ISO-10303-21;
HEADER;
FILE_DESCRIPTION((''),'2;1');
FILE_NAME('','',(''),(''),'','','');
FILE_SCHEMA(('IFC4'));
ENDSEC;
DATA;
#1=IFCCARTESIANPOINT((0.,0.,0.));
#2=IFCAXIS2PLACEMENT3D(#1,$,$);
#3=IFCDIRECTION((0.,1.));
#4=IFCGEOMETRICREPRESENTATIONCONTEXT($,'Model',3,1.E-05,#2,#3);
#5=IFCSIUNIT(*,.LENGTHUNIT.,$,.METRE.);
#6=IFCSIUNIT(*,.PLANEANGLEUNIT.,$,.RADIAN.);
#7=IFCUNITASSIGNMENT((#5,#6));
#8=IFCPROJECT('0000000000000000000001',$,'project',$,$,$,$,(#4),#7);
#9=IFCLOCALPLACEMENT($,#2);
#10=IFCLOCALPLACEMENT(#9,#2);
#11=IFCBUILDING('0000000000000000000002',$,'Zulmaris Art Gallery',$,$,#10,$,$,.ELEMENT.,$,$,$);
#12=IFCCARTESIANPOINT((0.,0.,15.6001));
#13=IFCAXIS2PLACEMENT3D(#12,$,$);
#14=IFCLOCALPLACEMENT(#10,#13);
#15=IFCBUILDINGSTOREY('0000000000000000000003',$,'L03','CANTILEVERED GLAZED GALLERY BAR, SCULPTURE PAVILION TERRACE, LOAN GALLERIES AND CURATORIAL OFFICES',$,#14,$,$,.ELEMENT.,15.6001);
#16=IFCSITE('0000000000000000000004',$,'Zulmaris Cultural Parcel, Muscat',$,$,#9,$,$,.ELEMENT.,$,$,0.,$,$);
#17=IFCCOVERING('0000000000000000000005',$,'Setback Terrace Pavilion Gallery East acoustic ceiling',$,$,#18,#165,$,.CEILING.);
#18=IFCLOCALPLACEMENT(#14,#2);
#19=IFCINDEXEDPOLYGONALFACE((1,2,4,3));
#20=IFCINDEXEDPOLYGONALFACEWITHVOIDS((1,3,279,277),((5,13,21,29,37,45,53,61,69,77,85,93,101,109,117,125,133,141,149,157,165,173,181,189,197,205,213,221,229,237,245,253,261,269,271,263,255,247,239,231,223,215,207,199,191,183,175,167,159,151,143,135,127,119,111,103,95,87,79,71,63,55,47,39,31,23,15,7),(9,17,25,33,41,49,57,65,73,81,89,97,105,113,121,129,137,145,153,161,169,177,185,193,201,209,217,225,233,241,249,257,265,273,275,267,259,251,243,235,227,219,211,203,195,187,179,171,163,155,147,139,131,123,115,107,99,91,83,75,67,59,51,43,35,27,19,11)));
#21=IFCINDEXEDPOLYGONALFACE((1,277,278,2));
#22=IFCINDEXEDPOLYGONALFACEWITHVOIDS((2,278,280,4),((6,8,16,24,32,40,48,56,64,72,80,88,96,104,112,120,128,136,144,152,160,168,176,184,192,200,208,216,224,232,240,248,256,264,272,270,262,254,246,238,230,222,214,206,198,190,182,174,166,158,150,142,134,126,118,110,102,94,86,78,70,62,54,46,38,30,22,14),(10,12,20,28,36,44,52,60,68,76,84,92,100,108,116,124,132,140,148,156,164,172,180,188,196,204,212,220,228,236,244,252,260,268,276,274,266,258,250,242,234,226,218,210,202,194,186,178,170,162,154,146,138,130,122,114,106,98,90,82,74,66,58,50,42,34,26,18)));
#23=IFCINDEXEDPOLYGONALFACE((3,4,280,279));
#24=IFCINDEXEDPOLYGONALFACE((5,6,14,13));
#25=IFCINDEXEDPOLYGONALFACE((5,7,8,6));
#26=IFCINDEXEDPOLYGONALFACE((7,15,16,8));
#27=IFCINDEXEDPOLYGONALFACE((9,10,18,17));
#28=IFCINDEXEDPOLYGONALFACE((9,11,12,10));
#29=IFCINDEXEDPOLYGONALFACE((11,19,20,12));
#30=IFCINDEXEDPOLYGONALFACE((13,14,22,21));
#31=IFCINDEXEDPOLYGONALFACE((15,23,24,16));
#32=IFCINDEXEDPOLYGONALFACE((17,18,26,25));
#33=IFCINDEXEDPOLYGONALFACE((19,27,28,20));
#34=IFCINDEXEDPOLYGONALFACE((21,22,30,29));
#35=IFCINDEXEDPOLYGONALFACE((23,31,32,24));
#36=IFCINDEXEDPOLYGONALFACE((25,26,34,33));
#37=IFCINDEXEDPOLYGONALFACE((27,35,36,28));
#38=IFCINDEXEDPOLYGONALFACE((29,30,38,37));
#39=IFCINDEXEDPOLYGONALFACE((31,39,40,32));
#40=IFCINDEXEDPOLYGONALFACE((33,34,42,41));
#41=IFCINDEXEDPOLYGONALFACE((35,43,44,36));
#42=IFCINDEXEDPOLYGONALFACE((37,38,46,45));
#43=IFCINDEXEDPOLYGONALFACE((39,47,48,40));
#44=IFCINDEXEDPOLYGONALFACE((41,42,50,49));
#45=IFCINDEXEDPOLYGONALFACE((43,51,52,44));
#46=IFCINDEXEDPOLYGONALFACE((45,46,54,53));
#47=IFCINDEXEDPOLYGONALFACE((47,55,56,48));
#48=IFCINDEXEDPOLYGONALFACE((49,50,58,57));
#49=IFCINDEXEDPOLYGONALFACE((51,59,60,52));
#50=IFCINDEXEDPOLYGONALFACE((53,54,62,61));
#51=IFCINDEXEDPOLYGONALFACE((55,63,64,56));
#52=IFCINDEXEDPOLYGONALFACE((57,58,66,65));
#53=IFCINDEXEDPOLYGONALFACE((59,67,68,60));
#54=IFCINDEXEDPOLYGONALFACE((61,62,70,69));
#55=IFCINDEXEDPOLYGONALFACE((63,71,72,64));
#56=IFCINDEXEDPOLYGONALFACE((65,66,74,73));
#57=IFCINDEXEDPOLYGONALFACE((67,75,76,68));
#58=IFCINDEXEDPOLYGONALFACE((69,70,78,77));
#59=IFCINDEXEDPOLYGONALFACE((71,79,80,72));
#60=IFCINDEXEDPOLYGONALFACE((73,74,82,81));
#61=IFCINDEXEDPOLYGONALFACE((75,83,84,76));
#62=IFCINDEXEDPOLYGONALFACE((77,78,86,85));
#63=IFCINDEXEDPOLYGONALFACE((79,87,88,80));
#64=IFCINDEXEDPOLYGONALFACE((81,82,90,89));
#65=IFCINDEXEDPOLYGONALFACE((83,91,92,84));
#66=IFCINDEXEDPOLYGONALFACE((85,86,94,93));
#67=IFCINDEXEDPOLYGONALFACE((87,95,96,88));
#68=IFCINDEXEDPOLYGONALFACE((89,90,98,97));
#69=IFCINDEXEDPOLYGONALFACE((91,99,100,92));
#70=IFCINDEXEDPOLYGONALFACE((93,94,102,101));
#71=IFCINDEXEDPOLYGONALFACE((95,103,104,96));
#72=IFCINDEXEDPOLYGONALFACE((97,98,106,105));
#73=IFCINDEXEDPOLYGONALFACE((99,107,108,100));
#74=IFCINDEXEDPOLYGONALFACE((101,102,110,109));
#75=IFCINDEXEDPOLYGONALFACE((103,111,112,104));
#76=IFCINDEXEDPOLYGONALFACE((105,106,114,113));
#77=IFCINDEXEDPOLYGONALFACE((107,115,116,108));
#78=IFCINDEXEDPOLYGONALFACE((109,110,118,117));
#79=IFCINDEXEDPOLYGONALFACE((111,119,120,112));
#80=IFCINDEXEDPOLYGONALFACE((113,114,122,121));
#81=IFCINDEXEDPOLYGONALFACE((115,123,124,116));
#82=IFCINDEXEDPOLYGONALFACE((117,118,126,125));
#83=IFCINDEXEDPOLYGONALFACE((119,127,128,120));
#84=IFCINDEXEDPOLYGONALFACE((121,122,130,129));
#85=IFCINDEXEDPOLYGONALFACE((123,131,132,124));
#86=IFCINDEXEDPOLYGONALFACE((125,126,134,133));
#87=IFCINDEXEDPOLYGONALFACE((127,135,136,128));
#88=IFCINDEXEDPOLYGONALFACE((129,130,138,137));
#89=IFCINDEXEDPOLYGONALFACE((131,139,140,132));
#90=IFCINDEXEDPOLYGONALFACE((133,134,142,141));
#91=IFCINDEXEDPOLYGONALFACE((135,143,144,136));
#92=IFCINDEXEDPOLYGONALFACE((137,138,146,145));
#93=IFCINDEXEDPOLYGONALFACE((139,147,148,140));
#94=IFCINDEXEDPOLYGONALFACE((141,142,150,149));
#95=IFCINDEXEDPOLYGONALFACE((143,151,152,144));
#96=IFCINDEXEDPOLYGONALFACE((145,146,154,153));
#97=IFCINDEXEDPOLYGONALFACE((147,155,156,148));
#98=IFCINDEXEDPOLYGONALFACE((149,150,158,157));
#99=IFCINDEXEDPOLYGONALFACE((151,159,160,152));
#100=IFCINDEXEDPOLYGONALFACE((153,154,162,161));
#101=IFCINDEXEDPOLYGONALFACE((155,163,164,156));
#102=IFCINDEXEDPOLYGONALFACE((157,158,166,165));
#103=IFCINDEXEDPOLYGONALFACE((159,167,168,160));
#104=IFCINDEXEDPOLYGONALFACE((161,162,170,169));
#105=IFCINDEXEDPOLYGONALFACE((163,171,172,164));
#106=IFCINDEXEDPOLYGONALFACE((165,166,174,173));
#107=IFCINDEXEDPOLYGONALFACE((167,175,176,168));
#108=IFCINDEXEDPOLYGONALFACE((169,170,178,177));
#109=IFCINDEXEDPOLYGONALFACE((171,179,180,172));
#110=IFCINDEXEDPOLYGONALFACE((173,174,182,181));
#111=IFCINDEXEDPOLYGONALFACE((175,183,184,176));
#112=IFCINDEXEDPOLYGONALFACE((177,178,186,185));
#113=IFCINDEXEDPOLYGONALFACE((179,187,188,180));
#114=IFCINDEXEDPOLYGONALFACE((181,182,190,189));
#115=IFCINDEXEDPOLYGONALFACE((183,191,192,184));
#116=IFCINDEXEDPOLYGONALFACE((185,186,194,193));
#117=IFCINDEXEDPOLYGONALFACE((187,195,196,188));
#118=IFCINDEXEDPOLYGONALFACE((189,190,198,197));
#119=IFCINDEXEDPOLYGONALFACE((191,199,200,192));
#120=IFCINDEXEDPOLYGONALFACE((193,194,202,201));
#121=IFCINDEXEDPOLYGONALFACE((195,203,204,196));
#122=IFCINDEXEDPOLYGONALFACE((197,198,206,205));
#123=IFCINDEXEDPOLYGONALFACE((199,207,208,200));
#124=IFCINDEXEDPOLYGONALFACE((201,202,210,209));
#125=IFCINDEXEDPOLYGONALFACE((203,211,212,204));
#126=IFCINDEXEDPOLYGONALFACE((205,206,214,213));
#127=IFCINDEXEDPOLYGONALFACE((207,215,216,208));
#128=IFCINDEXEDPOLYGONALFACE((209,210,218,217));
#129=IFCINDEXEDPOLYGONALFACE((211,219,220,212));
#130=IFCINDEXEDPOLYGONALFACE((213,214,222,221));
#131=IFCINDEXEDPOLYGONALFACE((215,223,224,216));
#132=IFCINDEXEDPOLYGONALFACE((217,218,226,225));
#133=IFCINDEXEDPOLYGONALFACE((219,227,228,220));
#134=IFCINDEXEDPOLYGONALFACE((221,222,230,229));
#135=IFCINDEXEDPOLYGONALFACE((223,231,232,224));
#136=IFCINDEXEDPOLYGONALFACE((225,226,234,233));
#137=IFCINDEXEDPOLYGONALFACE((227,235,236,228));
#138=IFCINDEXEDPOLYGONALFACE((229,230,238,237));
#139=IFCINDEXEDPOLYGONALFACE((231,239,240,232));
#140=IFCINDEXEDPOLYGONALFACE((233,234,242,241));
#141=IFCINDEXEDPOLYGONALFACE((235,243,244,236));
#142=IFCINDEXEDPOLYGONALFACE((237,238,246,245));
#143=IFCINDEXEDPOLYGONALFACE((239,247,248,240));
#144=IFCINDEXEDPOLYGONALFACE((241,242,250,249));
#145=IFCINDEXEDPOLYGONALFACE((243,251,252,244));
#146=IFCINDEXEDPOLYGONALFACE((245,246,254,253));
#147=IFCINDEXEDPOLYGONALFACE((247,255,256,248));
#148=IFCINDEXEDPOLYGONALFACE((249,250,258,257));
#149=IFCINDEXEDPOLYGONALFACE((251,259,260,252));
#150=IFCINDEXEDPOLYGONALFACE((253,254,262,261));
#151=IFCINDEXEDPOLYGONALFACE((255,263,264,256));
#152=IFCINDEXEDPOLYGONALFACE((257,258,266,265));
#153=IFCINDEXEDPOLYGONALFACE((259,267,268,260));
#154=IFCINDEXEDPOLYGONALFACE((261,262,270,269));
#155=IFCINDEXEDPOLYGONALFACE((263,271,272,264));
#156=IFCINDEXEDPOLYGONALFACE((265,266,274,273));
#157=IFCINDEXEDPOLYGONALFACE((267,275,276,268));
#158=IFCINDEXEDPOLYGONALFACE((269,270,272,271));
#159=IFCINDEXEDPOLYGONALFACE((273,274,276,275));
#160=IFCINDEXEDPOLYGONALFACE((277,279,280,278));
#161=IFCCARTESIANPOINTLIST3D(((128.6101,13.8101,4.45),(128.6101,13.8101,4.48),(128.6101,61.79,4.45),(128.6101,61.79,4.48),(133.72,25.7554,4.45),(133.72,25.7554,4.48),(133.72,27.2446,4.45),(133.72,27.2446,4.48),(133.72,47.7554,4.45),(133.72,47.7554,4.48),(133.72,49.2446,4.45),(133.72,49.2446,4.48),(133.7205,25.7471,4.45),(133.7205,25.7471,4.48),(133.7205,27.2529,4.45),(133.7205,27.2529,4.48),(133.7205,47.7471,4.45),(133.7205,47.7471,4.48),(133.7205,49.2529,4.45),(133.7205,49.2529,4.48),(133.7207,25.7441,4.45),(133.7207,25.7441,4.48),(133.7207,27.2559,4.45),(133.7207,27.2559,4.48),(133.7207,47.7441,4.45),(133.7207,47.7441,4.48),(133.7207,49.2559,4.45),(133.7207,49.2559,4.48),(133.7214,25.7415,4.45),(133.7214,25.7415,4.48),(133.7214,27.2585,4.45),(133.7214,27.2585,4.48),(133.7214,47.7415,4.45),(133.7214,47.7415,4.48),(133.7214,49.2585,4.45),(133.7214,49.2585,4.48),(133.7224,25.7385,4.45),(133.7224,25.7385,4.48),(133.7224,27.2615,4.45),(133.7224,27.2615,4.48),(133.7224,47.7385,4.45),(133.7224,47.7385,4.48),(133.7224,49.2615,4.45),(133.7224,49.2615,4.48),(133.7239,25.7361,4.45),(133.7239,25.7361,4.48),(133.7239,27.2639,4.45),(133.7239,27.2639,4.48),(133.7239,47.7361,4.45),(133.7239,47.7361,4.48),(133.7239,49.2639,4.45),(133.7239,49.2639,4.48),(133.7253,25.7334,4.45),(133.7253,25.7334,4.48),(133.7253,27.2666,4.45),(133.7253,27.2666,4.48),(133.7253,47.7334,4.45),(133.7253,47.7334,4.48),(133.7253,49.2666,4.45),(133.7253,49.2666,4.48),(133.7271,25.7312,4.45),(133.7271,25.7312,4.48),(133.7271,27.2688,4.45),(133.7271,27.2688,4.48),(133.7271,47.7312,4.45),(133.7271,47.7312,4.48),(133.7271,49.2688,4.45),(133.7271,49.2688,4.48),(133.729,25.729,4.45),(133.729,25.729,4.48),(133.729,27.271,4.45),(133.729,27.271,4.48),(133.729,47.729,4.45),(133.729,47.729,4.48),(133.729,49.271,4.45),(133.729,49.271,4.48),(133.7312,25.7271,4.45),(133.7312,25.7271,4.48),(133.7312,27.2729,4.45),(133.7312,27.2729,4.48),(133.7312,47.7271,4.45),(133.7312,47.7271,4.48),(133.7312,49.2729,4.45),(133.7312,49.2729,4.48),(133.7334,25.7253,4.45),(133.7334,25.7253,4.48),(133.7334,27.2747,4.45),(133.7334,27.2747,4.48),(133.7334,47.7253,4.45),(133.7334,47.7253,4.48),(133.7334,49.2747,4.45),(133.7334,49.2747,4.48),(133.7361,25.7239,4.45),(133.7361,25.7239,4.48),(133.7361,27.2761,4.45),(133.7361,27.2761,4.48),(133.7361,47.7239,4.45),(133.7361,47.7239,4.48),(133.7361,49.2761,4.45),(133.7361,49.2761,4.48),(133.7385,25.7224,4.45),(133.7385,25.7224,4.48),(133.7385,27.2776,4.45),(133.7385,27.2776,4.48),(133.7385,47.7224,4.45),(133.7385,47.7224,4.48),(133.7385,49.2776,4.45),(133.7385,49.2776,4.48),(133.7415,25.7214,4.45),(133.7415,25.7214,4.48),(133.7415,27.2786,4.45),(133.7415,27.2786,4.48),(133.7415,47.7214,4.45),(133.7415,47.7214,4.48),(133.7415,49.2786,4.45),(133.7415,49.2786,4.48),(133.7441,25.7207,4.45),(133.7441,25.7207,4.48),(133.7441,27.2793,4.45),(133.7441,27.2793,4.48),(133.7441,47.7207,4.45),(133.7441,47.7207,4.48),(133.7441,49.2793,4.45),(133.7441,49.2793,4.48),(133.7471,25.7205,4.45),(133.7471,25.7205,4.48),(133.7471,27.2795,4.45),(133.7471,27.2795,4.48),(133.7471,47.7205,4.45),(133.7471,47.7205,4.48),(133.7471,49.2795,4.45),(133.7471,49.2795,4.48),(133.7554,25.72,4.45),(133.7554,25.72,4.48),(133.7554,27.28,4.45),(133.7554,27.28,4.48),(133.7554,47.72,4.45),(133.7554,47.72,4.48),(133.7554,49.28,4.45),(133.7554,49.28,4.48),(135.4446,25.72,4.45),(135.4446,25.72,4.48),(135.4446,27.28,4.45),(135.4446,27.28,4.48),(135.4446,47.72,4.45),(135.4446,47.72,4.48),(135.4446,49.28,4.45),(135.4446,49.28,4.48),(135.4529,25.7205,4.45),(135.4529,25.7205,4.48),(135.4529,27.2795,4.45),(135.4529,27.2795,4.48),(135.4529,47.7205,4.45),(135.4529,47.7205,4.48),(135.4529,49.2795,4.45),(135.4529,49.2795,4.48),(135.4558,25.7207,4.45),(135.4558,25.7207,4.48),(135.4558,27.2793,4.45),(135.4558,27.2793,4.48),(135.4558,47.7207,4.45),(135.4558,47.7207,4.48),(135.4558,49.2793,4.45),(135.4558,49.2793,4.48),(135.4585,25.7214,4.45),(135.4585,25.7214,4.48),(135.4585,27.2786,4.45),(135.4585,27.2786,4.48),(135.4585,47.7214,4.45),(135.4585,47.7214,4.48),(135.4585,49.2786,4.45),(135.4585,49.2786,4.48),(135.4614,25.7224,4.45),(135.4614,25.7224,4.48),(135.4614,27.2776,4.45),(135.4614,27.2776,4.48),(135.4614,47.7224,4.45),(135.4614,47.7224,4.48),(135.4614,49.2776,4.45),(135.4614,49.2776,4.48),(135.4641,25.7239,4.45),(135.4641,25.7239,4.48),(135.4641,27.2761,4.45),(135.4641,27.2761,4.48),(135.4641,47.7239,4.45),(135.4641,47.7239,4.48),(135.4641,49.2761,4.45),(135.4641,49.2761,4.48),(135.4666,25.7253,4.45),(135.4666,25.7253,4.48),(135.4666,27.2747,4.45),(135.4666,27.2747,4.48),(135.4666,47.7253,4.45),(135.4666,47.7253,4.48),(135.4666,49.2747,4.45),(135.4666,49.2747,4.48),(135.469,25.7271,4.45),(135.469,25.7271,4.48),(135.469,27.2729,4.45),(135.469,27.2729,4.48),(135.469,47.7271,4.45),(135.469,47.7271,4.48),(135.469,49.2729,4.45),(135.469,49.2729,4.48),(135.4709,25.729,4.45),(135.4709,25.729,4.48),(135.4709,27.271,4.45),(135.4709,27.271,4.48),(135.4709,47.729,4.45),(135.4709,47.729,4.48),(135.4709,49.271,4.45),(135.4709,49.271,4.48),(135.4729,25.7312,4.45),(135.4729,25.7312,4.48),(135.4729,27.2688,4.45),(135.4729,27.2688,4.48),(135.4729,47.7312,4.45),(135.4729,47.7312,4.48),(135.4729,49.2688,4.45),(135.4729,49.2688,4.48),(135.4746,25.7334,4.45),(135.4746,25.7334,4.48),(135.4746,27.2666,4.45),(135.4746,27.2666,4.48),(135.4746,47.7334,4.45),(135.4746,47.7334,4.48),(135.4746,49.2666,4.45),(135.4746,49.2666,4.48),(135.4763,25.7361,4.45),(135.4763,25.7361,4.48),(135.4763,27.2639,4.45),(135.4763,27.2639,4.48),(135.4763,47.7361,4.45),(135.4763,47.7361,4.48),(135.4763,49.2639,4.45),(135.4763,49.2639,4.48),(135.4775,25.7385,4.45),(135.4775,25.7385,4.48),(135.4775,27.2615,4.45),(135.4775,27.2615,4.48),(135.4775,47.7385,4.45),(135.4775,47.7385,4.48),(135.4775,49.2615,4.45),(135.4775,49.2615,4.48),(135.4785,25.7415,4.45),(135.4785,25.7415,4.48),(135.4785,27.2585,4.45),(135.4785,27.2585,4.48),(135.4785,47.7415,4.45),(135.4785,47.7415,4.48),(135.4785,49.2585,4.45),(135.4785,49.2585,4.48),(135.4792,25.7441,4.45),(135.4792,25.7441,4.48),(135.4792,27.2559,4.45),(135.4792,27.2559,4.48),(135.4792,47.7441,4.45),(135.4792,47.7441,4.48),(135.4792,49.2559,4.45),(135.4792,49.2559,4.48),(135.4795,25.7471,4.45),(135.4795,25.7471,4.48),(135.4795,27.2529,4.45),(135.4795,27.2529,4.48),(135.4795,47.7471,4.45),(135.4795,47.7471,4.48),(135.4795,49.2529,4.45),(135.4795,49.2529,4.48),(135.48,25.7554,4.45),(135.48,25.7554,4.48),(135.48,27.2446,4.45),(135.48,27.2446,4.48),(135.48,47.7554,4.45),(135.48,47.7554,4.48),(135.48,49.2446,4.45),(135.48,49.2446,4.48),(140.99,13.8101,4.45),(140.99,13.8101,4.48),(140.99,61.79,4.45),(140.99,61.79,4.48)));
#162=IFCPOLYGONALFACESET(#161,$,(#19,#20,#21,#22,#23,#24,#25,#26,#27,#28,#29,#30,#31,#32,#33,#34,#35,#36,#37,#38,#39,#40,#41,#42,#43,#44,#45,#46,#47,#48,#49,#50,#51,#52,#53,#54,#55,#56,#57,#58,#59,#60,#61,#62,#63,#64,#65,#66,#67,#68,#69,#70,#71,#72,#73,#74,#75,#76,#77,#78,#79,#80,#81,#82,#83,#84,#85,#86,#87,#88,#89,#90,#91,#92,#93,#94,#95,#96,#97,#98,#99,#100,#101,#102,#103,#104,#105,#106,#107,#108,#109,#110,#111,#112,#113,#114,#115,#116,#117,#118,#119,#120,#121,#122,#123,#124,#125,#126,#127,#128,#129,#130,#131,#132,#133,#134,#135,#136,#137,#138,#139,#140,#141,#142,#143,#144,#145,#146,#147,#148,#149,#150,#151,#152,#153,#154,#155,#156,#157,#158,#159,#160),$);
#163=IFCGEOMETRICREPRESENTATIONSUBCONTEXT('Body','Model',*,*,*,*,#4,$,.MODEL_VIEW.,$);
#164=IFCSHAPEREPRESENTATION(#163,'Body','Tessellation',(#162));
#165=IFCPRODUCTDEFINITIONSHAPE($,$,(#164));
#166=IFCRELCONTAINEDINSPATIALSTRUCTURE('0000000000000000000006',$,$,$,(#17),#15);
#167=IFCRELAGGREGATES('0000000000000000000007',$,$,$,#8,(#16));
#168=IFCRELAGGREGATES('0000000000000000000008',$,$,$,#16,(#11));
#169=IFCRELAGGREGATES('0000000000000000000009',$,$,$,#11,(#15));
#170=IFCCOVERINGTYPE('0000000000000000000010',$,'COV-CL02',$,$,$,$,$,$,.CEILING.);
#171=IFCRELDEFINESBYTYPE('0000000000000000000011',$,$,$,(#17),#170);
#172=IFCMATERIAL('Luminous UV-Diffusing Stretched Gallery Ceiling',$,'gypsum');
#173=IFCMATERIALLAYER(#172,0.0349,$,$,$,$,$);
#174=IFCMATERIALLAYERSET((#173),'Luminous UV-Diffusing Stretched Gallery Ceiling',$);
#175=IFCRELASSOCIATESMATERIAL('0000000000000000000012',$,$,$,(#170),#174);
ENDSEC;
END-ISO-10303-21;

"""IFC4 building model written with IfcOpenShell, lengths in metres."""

from ifc_helpers import new_model, si_unit, direction, frame, origin, place, context, subcontext, project, spatial, polyline, outline, extrude, material, layer, layer_set, type_object, element, save


model = new_model("IFC4")

# Units and contexts
model_context = context("Model", 3, precision=1e-05, world=origin(), true_north=direction((0.0, 1.0)))
body_context = subcontext(model_context, "Body", "Model", "MODEL_VIEW")
ifc_project = project(units=[si_unit("LENGTHUNIT", "METRE"), si_unit("PLANEANGLEUNIT", "RADIAN")], contexts=[model_context])

# Site, building, storey
site_placement = place(None, origin())
site = spatial("IfcSite", under=ifc_project, at=site_placement, Name="Zulmaris Cultural Parcel, Muscat", CompositionType="ELEMENT", RefElevation=0.0)
building_placement = place(site_placement, origin())
building = spatial("IfcBuilding", under=site, at=building_placement, Name="Zulmaris Art Gallery", CompositionType="ELEMENT")
storey_placement = place(building_placement, frame((0.0, 0.0, 15.6001)))
storey = spatial("IfcBuildingStorey", under=building, at=storey_placement, Name="L03", Description="CANTILEVERED GLAZED GALLERY BAR, SCULPTURE PAVILION TERRACE, LOAN GALLERIES AND CURATORIAL OFFICES", CompositionType="ELEMENT", Elevation=15.6001)

# Covering
ifc_material_1 = material(Name="Luminous UV-Diffusing Stretched Gallery Ceiling", Category="gypsum")
ifc_layer_1 = layer(ifc_material_1, 0.0349)
ifc_layer_set_1 = layer_set([ifc_layer_1], Name="Luminous UV-Diffusing Stretched Gallery Ceiling")
covering_type_1 = type_object("IfcCoveringType", Name="COV-CL02", PredefinedType="CEILING", material=ifc_layer_set_1)
covering_1_placement = place(storey_placement, frame((0.0, 0.0, 4.45)))
element("IfcCovering", 1, at=covering_1_placement, inside=storey, type_object=covering_type_1, Name="Setback Terrace Pavilion Gallery East acoustic ceiling", PredefinedType="CEILING", context=body_context, shape_type="SweptSolid", body=[
    extrude(outline(polyline([(128.6101, 61.79), (140.99, 61.79), (140.99, 13.8101), (128.6101, 13.8101), (128.6101, 61.79)]), holes=[polyline([(133.7415, 49.2786), (133.7385, 49.2776), (133.7361, 49.2761), (133.7334, 49.2747), (133.7312, 49.2729), (133.729, 49.271), (133.7271, 49.2688), (133.7253, 49.2666), (133.7239, 49.2639), (133.7224, 49.2615), (133.7214, 49.2585), (133.7207, 49.2559), (133.7205, 49.2529), (133.72, 49.2446), (133.72, 47.7554), (133.7205, 47.7471), (133.7207, 47.7441), (133.7214, 47.7415), (133.7224, 47.7385), (133.7239, 47.7361), (133.7253, 47.7334), (133.7271, 47.7312), (133.729, 47.729), (133.7312, 47.7271), (133.7334, 47.7253), (133.7361, 47.7239), (133.7385, 47.7224), (133.7415, 47.7214), (133.7441, 47.7207), (133.7471, 47.7205), (133.7554, 47.72), (135.4446, 47.72), (135.4529, 47.7205), (135.4558, 47.7207), (135.4585, 47.7214), (135.4614, 47.7224), (135.4641, 47.7239), (135.4666, 47.7253), (135.469, 47.7271), (135.4709, 47.729), (135.4729, 47.7312), (135.4746, 47.7334), (135.4763, 47.7361), (135.4775, 47.7385), (135.4785, 47.7415), (135.4792, 47.7441), (135.4795, 47.7471), (135.48, 47.7554), (135.48, 49.2446), (135.4795, 49.2529), (135.4792, 49.2559), (135.4785, 49.2585), (135.4775, 49.2615), (135.4763, 49.2639), (135.4746, 49.2666), (135.4729, 49.2688), (135.4709, 49.271), (135.469, 49.2729), (135.4666, 49.2747), (135.4641, 49.2761), (135.4614, 49.2776), (135.4585, 49.2786), (135.4558, 49.2793), (135.4529, 49.2795), (135.4446, 49.28), (133.7554, 49.28), (133.7471, 49.2795), (133.7441, 49.2793), (133.7415, 49.2786)]), polyline([(133.7415, 27.2786), (133.7385, 27.2776), (133.7361, 27.2761), (133.7334, 27.2747), (133.7312, 27.2729), (133.729, 27.271), (133.7271, 27.2688), (133.7253, 27.2666), (133.7239, 27.2639), (133.7224, 27.2615), (133.7214, 27.2585), (133.7207, 27.2559), (133.7205, 27.2529), (133.72, 27.2446), (133.72, 25.7554), (133.7205, 25.7471), (133.7207, 25.7441), (133.7214, 25.7415), (133.7224, 25.7385), (133.7239, 25.7361), (133.7253, 25.7334), (133.7271, 25.7312), (133.729, 25.729), (133.7312, 25.7271), (133.7334, 25.7253), (133.7361, 25.7239), (133.7385, 25.7224), (133.7415, 25.7214), (133.7441, 25.7207), (133.7471, 25.7205), (133.7554, 25.72), (135.4446, 25.72), (135.4529, 25.7205), (135.4558, 25.7207), (135.4585, 25.7214), (135.4614, 25.7224), (135.4641, 25.7239), (135.4666, 25.7253), (135.469, 25.7271), (135.4709, 25.729), (135.4729, 25.7312), (135.4746, 25.7334), (135.4763, 25.7361), (135.4775, 25.7385), (135.4785, 25.7415), (135.4792, 25.7441), (135.4795, 25.7471), (135.48, 25.7554), (135.48, 27.2446), (135.4795, 27.2529), (135.4792, 27.2559), (135.4785, 27.2585), (135.4775, 27.2615), (135.4763, 27.2639), (135.4746, 27.2666), (135.4729, 27.2688), (135.4709, 27.271), (135.469, 27.2729), (135.4666, 27.2747), (135.4641, 27.2761), (135.4614, 27.2776), (135.4585, 27.2786), (135.4558, 27.2793), (135.4529, 27.2795), (135.4446, 27.28), (133.7554, 27.28), (133.7471, 27.2795), (133.7441, 27.2793), (133.7415, 27.2786)])]), origin(), (0.0, 0.0, 1.0), 0.03),
])

save(model, "model.ifc")
